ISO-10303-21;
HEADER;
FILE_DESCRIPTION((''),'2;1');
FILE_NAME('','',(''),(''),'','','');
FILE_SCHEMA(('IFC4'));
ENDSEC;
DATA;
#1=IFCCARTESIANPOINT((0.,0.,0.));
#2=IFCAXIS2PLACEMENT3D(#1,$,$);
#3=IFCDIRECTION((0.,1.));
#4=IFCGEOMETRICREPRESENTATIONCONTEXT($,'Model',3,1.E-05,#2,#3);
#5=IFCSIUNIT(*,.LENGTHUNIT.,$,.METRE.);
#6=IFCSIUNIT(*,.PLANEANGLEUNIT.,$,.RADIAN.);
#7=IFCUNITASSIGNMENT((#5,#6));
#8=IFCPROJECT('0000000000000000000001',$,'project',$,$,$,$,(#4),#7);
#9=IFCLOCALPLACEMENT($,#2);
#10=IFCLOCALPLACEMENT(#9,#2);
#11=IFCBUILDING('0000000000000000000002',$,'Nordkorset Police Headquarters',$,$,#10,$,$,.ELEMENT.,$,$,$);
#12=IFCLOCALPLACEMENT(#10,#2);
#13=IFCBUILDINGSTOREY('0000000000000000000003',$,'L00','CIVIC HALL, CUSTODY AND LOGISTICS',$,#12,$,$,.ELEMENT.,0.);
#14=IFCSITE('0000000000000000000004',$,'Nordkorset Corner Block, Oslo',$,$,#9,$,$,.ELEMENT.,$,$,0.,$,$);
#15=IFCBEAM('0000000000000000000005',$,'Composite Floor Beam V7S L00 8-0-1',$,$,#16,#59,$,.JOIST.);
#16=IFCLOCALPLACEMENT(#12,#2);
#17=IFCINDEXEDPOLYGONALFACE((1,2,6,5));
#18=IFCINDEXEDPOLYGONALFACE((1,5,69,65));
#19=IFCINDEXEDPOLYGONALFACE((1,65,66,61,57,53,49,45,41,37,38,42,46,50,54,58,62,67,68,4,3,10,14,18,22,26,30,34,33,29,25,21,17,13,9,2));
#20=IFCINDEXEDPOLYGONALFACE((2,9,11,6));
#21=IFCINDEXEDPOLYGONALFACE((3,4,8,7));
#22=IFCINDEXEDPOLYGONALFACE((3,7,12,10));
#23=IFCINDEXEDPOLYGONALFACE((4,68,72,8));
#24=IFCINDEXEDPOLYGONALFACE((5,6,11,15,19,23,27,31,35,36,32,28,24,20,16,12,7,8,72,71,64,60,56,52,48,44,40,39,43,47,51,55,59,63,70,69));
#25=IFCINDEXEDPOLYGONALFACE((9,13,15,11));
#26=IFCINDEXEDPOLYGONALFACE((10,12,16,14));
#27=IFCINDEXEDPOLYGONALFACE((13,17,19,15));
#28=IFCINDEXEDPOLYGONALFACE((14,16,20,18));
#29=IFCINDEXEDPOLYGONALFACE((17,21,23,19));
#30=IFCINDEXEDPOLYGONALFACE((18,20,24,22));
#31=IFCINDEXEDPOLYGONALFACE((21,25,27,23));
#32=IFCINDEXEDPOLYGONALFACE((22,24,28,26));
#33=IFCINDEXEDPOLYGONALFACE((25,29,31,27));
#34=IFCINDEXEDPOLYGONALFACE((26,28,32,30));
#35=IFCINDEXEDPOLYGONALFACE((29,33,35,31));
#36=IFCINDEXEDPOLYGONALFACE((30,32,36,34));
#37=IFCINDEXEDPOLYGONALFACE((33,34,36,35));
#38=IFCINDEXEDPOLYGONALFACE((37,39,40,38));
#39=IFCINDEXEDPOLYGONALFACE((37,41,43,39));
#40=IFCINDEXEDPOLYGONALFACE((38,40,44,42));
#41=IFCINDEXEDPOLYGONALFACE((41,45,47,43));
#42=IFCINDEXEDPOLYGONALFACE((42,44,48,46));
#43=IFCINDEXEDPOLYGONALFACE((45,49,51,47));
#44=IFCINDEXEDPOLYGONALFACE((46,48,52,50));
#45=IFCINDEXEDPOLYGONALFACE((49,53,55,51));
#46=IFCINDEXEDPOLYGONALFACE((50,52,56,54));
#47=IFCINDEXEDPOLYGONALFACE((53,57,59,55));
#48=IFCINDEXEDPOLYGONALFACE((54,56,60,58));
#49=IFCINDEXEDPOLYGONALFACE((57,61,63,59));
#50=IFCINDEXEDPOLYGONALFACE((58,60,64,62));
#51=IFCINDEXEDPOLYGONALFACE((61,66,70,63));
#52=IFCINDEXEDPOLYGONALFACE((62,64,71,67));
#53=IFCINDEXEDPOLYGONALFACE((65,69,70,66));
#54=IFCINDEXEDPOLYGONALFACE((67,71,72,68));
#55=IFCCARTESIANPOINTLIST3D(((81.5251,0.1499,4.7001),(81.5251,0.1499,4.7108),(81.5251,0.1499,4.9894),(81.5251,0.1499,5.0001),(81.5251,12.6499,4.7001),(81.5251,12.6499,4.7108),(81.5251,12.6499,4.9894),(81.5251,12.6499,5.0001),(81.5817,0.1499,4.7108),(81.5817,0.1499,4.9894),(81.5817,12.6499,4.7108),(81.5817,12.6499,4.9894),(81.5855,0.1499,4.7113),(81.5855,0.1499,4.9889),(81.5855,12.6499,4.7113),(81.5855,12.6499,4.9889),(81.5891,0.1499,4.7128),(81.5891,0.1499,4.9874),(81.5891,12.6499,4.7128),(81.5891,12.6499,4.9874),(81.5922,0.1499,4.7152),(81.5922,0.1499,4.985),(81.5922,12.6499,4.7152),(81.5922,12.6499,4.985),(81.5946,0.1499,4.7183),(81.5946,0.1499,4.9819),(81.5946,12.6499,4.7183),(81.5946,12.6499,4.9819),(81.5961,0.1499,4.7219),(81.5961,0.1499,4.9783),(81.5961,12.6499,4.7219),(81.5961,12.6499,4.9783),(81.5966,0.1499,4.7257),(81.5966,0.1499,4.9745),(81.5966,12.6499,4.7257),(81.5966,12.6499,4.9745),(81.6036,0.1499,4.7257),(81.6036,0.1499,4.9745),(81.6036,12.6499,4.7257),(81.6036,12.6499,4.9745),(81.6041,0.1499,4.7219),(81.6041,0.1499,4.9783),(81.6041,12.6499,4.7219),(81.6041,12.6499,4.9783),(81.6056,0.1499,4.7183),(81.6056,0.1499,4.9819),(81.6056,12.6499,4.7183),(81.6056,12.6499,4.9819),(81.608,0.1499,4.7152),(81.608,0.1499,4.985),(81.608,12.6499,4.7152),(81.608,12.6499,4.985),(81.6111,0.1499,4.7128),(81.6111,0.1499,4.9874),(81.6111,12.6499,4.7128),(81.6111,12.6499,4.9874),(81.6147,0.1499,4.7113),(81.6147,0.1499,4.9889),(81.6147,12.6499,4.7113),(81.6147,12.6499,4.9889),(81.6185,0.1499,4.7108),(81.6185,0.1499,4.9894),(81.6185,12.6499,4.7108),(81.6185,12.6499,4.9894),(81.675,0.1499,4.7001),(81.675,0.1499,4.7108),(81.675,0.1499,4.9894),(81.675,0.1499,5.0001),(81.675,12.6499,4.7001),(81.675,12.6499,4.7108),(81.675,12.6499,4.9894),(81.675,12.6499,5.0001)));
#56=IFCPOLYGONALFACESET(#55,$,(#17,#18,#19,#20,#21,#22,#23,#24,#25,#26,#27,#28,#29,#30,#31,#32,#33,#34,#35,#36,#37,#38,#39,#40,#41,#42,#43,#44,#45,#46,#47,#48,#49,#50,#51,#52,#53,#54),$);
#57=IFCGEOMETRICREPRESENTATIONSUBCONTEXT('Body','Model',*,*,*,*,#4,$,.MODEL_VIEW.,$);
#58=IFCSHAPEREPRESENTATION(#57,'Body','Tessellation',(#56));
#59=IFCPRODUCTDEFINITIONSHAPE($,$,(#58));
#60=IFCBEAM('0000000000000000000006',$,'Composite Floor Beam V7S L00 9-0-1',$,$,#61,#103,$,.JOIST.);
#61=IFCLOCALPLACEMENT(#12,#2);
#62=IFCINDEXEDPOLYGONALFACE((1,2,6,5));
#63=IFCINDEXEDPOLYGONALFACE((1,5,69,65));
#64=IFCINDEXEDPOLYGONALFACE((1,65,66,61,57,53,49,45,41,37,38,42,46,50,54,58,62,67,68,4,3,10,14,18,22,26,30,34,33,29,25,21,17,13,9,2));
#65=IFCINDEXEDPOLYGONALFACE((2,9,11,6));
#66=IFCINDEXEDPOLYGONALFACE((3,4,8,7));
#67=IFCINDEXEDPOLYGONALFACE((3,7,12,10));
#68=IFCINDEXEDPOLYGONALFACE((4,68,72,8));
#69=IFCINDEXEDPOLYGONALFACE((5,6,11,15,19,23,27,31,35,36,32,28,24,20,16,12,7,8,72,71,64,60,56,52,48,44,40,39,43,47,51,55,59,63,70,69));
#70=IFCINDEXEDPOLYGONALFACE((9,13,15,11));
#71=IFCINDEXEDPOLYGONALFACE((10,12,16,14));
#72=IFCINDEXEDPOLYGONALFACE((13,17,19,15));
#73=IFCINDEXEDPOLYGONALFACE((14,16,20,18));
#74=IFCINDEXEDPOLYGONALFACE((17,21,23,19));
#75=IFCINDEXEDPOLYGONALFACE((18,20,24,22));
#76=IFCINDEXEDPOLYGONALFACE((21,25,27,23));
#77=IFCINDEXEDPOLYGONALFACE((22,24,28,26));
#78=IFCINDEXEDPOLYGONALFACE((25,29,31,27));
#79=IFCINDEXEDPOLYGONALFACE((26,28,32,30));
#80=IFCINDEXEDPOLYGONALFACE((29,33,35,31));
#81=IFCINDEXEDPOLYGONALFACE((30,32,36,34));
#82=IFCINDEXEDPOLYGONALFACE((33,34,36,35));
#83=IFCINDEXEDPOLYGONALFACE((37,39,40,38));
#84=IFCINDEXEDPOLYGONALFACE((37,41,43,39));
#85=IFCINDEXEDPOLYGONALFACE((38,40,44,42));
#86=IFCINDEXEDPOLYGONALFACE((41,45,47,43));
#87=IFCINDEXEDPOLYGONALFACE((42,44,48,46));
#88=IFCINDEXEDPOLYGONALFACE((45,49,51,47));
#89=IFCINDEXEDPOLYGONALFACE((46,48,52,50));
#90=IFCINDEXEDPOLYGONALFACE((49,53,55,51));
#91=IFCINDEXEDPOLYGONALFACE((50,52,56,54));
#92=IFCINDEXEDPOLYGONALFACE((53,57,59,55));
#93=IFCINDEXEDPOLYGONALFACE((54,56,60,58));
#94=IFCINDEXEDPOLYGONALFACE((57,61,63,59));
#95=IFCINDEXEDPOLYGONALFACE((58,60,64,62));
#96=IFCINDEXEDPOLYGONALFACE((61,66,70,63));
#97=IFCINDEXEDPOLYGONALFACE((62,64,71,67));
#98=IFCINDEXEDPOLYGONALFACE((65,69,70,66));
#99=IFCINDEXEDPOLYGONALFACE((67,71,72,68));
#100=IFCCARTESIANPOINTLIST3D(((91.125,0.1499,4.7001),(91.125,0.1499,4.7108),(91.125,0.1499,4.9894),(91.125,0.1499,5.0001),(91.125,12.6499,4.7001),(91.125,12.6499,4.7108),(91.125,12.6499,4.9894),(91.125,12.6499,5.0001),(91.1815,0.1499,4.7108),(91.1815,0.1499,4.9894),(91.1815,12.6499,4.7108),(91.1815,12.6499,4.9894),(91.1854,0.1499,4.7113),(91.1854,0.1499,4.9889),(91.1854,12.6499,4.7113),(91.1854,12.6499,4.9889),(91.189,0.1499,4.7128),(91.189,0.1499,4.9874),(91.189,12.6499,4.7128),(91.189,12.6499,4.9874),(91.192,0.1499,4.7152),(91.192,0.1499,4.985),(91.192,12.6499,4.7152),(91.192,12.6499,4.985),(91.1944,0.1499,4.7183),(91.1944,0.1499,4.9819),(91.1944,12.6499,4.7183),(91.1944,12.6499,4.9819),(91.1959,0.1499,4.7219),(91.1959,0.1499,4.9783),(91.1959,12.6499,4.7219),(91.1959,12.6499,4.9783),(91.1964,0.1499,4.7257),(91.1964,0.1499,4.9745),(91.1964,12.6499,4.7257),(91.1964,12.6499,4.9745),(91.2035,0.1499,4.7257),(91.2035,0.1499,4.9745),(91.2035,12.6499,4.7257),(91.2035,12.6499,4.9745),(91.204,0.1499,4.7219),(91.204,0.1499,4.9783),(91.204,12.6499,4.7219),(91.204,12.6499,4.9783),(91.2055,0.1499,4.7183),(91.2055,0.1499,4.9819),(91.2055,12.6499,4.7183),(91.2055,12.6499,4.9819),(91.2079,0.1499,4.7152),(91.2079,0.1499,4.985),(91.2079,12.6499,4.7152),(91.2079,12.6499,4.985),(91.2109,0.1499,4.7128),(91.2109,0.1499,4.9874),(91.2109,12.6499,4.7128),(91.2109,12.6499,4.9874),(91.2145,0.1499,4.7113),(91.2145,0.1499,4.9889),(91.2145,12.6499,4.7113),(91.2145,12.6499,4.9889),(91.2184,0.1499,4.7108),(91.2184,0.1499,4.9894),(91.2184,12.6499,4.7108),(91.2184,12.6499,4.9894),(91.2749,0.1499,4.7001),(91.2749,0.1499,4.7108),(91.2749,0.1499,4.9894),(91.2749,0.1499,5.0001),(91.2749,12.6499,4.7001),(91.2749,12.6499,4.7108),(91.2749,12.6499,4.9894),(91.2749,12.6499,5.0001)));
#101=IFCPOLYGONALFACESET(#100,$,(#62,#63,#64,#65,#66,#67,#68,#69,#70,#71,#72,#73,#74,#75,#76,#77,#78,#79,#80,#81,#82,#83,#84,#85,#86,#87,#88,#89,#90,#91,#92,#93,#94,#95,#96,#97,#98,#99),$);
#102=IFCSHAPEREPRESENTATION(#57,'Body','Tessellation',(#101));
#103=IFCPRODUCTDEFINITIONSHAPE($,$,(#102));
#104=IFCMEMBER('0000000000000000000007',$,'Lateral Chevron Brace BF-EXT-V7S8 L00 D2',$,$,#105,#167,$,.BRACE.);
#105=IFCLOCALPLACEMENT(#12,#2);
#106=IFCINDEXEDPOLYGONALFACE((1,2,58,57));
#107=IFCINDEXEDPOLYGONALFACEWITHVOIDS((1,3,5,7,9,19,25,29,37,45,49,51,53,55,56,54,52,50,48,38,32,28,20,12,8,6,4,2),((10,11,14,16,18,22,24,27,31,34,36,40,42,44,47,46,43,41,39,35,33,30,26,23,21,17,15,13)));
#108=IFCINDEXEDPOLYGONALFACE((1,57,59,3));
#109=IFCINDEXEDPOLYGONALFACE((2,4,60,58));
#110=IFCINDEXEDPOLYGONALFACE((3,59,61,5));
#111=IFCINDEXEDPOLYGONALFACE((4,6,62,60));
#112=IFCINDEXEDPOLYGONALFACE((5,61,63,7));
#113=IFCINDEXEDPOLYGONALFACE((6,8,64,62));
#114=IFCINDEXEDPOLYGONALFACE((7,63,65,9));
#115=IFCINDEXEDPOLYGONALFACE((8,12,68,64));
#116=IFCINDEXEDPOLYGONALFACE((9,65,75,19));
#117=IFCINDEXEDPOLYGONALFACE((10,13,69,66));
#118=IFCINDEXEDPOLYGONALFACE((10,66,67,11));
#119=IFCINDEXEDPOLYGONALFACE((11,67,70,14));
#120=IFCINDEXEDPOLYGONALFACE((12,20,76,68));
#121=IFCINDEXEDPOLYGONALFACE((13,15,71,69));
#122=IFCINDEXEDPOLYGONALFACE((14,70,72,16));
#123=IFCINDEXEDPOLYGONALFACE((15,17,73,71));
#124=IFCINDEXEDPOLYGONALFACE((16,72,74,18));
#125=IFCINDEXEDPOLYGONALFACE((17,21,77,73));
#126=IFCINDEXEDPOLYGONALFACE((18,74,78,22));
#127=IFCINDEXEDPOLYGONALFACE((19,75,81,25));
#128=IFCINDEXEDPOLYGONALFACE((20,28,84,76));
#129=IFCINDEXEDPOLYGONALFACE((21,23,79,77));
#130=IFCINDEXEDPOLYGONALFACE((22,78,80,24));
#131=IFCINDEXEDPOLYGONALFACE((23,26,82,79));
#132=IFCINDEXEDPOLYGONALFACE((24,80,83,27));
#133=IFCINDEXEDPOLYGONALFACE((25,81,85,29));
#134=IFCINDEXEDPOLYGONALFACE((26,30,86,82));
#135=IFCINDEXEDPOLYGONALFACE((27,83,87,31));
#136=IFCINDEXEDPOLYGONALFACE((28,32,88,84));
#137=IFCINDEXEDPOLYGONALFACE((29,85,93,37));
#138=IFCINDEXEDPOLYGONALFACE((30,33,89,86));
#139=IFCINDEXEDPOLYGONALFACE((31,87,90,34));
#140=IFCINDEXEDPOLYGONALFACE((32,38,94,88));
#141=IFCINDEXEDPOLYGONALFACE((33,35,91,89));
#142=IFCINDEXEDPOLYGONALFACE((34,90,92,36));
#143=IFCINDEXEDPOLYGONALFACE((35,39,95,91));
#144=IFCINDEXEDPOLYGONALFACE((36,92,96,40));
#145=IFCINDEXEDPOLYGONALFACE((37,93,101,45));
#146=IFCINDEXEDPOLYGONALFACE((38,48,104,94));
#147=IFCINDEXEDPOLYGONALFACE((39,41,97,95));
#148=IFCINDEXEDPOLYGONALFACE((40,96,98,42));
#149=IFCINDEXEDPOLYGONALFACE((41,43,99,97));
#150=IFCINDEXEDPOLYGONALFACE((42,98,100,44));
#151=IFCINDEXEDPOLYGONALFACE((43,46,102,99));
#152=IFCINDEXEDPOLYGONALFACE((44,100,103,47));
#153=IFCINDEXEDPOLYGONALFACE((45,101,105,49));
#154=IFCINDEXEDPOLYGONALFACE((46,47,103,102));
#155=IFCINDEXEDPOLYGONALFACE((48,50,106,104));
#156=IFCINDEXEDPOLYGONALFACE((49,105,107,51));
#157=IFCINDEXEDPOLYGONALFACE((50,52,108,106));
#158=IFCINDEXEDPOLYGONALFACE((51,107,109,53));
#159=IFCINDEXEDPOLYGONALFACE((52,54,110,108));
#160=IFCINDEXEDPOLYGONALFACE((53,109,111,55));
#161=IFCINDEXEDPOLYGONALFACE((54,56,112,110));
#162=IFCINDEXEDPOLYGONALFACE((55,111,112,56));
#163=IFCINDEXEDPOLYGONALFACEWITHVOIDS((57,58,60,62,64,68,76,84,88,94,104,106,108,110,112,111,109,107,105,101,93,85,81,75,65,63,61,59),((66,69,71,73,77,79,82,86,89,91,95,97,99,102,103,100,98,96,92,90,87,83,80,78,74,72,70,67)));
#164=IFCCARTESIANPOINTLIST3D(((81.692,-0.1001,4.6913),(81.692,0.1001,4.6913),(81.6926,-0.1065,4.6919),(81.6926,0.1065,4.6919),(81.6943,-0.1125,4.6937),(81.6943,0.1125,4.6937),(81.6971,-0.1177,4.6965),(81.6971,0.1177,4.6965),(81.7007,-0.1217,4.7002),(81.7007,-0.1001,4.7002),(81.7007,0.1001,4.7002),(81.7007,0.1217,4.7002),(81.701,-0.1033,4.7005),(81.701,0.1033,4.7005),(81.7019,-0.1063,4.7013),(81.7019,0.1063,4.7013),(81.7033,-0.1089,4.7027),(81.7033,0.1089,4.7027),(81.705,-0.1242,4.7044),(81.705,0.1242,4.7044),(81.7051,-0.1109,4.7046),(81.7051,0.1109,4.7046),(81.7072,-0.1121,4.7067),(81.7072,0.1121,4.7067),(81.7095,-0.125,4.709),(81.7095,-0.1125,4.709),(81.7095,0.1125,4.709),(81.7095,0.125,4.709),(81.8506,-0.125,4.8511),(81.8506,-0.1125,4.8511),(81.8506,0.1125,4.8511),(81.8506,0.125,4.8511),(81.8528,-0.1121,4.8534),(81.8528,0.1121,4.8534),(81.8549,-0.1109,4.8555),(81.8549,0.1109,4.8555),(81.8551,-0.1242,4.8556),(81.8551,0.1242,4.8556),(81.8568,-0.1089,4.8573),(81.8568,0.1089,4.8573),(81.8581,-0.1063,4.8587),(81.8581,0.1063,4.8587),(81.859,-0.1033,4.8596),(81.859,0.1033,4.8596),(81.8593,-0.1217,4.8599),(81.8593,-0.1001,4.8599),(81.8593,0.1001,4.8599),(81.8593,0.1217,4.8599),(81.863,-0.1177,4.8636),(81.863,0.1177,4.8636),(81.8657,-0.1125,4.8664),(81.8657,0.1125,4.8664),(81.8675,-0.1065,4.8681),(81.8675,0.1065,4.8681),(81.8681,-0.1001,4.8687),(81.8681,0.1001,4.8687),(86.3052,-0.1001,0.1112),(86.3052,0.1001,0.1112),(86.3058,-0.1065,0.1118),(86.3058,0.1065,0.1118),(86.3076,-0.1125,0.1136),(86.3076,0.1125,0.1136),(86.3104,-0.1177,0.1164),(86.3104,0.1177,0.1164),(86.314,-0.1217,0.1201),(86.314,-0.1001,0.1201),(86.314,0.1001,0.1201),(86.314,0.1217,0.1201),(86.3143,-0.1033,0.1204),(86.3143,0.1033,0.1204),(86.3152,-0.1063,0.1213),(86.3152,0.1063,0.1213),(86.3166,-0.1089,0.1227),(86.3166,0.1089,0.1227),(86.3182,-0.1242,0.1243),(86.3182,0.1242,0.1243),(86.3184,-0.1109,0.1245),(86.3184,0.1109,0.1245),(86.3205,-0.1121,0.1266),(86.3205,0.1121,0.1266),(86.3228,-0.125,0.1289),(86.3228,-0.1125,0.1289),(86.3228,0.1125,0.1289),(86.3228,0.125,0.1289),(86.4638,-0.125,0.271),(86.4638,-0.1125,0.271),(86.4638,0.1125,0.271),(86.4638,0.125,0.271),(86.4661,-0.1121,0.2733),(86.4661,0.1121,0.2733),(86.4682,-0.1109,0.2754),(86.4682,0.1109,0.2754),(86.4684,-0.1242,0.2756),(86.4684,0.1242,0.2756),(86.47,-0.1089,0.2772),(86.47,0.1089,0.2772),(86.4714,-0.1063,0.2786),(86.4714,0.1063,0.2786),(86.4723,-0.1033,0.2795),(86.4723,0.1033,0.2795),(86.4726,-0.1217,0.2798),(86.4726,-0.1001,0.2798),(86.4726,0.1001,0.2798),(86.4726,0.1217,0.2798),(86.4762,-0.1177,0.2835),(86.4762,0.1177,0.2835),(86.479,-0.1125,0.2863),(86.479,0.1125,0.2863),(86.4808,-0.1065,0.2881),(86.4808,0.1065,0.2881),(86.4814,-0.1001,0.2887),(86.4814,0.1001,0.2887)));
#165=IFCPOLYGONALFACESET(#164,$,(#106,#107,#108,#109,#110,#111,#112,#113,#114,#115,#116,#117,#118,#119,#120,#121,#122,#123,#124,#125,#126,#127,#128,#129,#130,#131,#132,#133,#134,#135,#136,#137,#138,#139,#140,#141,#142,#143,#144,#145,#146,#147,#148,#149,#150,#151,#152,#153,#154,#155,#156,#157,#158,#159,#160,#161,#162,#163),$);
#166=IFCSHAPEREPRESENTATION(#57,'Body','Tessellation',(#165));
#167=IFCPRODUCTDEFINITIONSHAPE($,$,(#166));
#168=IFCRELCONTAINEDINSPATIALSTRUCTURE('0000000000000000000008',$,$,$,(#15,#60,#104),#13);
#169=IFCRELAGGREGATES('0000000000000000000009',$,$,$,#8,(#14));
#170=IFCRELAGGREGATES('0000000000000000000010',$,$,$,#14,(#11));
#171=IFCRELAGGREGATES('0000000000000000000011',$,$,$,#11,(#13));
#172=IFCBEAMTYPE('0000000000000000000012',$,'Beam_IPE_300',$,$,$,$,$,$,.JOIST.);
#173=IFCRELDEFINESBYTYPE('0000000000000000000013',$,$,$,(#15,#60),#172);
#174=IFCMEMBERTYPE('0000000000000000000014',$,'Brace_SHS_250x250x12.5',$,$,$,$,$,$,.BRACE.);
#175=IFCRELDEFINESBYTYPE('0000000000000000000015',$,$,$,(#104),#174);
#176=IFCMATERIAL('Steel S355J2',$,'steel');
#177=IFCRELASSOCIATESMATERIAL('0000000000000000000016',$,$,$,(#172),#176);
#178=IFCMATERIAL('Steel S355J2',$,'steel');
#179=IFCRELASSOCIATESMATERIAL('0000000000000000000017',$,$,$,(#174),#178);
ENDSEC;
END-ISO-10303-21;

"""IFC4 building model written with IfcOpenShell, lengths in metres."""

from ifc_helpers import new_model, si_unit, direction, frame, origin, origin_2d, place, context, subcontext, project, spatial, hollow_rectangle, i_section, extrude, material, material_profile, profile_set, type_object, element, save


model = new_model("IFC4")

# Units and contexts
model_context = context("Model", 3, precision=1e-05, world=origin(), true_north=direction((0.0, 1.0)))
body_context = subcontext(model_context, "Body", "Model", "MODEL_VIEW")
ifc_project = project(units=[si_unit("LENGTHUNIT", "METRE"), si_unit("PLANEANGLEUNIT", "RADIAN")], contexts=[model_context])

# Site, building, storey
site_placement = place(None, origin())
site = spatial("IfcSite", under=ifc_project, at=site_placement, Name="Nordkorset Corner Block, Oslo", CompositionType="ELEMENT", RefElevation=0.0)
building_placement = place(site_placement, origin())
building = spatial("IfcBuilding", under=site, at=building_placement, Name="Nordkorset Police Headquarters", CompositionType="ELEMENT")
storey_placement = place(building_placement, origin())
storey = spatial("IfcBuildingStorey", under=building, at=storey_placement, Name="L00", Description="CIVIC HALL, CUSTODY AND LOGISTICS", CompositionType="ELEMENT", Elevation=0.0)

# Beams
ifc_material_1 = material(Name="Steel S355J2", Category="steel")
ifc_material_profile_1 = material_profile(ifc_material_1, i_section(OverallWidth=0.1499, OverallDepth=0.3, WebThickness=0.0071, FlangeThickness=0.0107, FilletRadius=0.0149, at=origin_2d()), Name="IPE 300")
ifc_profile_set_1 = profile_set([ifc_material_profile_1], Name="Steel S355J2")
beam_type_1 = type_object("IfcBeamType", Name="Beam_IPE_300", PredefinedType="JOIST", material=ifc_profile_set_1)
for number, where, z_axis, x_axis, name in (
    (1, (81.6001, 0.1499, 4.8501), (0.0, 1.0, 0.0), (-1.0, 0.0, 0.0), "Composite Floor Beam V7S L00 8-0-1"),
    (2, (91.2, 0.1499, 4.8501), (0.0, 1.0, 0.0), (-1.0, 0.0, 0.0), "Composite Floor Beam V7S L00 9-0-1"),
):
    element("IfcBeam", number, at=place(storey_placement, frame(where, z_axis=z_axis, x_axis=x_axis)), inside=storey, type_object=beam_type_1, Name=name, PredefinedType="JOIST", context=body_context, shape_type="SweptSolid", body=[
        extrude(i_section(OverallWidth=0.1499, OverallDepth=0.3, WebThickness=0.0071, FlangeThickness=0.0107, FilletRadius=0.0149, at=origin_2d()), origin(), (0.0, 0.0, 1.0), 12.5),
    ])

# Member
ifc_material_2 = material(Name="Steel S355J2", Category="steel")
ifc_material_profile_2 = material_profile(ifc_material_2, hollow_rectangle(XDim=0.25, YDim=0.25, WallThickness=0.0125, InnerFilletRadius=0.0125, OuterFilletRadius=0.0249, at=origin_2d()), Name="SHS 250x250x12.5")
ifc_profile_set_2 = profile_set([ifc_material_profile_2], Name="Steel S355J2")
member_type = type_object("IfcMemberType", Name="Brace_SHS_250x250x12.5", PredefinedType="BRACE", material=ifc_profile_set_2)
member_placement = place(storey_placement, frame((86.3933, 0.0, 0.2), z_axis=(-0.709656, 0.0, 0.704548), x_axis=(0.0, -1.0, 0.0)))
element("IfcMember", 3, at=member_placement, inside=storey, type_object=member_type, Name="Lateral Chevron Brace BF-EXT-V7S8 L00 D2", PredefinedType="BRACE", context=body_context, shape_type="SweptSolid", body=[
    extrude(hollow_rectangle(XDim=0.25, YDim=0.25, WallThickness=0.0125, InnerFilletRadius=0.0125, OuterFilletRadius=0.0249, at=origin_2d()), origin(), (0.0, 0.0, 1.0), 6.5007),
])

save(model, "model.ifc")
